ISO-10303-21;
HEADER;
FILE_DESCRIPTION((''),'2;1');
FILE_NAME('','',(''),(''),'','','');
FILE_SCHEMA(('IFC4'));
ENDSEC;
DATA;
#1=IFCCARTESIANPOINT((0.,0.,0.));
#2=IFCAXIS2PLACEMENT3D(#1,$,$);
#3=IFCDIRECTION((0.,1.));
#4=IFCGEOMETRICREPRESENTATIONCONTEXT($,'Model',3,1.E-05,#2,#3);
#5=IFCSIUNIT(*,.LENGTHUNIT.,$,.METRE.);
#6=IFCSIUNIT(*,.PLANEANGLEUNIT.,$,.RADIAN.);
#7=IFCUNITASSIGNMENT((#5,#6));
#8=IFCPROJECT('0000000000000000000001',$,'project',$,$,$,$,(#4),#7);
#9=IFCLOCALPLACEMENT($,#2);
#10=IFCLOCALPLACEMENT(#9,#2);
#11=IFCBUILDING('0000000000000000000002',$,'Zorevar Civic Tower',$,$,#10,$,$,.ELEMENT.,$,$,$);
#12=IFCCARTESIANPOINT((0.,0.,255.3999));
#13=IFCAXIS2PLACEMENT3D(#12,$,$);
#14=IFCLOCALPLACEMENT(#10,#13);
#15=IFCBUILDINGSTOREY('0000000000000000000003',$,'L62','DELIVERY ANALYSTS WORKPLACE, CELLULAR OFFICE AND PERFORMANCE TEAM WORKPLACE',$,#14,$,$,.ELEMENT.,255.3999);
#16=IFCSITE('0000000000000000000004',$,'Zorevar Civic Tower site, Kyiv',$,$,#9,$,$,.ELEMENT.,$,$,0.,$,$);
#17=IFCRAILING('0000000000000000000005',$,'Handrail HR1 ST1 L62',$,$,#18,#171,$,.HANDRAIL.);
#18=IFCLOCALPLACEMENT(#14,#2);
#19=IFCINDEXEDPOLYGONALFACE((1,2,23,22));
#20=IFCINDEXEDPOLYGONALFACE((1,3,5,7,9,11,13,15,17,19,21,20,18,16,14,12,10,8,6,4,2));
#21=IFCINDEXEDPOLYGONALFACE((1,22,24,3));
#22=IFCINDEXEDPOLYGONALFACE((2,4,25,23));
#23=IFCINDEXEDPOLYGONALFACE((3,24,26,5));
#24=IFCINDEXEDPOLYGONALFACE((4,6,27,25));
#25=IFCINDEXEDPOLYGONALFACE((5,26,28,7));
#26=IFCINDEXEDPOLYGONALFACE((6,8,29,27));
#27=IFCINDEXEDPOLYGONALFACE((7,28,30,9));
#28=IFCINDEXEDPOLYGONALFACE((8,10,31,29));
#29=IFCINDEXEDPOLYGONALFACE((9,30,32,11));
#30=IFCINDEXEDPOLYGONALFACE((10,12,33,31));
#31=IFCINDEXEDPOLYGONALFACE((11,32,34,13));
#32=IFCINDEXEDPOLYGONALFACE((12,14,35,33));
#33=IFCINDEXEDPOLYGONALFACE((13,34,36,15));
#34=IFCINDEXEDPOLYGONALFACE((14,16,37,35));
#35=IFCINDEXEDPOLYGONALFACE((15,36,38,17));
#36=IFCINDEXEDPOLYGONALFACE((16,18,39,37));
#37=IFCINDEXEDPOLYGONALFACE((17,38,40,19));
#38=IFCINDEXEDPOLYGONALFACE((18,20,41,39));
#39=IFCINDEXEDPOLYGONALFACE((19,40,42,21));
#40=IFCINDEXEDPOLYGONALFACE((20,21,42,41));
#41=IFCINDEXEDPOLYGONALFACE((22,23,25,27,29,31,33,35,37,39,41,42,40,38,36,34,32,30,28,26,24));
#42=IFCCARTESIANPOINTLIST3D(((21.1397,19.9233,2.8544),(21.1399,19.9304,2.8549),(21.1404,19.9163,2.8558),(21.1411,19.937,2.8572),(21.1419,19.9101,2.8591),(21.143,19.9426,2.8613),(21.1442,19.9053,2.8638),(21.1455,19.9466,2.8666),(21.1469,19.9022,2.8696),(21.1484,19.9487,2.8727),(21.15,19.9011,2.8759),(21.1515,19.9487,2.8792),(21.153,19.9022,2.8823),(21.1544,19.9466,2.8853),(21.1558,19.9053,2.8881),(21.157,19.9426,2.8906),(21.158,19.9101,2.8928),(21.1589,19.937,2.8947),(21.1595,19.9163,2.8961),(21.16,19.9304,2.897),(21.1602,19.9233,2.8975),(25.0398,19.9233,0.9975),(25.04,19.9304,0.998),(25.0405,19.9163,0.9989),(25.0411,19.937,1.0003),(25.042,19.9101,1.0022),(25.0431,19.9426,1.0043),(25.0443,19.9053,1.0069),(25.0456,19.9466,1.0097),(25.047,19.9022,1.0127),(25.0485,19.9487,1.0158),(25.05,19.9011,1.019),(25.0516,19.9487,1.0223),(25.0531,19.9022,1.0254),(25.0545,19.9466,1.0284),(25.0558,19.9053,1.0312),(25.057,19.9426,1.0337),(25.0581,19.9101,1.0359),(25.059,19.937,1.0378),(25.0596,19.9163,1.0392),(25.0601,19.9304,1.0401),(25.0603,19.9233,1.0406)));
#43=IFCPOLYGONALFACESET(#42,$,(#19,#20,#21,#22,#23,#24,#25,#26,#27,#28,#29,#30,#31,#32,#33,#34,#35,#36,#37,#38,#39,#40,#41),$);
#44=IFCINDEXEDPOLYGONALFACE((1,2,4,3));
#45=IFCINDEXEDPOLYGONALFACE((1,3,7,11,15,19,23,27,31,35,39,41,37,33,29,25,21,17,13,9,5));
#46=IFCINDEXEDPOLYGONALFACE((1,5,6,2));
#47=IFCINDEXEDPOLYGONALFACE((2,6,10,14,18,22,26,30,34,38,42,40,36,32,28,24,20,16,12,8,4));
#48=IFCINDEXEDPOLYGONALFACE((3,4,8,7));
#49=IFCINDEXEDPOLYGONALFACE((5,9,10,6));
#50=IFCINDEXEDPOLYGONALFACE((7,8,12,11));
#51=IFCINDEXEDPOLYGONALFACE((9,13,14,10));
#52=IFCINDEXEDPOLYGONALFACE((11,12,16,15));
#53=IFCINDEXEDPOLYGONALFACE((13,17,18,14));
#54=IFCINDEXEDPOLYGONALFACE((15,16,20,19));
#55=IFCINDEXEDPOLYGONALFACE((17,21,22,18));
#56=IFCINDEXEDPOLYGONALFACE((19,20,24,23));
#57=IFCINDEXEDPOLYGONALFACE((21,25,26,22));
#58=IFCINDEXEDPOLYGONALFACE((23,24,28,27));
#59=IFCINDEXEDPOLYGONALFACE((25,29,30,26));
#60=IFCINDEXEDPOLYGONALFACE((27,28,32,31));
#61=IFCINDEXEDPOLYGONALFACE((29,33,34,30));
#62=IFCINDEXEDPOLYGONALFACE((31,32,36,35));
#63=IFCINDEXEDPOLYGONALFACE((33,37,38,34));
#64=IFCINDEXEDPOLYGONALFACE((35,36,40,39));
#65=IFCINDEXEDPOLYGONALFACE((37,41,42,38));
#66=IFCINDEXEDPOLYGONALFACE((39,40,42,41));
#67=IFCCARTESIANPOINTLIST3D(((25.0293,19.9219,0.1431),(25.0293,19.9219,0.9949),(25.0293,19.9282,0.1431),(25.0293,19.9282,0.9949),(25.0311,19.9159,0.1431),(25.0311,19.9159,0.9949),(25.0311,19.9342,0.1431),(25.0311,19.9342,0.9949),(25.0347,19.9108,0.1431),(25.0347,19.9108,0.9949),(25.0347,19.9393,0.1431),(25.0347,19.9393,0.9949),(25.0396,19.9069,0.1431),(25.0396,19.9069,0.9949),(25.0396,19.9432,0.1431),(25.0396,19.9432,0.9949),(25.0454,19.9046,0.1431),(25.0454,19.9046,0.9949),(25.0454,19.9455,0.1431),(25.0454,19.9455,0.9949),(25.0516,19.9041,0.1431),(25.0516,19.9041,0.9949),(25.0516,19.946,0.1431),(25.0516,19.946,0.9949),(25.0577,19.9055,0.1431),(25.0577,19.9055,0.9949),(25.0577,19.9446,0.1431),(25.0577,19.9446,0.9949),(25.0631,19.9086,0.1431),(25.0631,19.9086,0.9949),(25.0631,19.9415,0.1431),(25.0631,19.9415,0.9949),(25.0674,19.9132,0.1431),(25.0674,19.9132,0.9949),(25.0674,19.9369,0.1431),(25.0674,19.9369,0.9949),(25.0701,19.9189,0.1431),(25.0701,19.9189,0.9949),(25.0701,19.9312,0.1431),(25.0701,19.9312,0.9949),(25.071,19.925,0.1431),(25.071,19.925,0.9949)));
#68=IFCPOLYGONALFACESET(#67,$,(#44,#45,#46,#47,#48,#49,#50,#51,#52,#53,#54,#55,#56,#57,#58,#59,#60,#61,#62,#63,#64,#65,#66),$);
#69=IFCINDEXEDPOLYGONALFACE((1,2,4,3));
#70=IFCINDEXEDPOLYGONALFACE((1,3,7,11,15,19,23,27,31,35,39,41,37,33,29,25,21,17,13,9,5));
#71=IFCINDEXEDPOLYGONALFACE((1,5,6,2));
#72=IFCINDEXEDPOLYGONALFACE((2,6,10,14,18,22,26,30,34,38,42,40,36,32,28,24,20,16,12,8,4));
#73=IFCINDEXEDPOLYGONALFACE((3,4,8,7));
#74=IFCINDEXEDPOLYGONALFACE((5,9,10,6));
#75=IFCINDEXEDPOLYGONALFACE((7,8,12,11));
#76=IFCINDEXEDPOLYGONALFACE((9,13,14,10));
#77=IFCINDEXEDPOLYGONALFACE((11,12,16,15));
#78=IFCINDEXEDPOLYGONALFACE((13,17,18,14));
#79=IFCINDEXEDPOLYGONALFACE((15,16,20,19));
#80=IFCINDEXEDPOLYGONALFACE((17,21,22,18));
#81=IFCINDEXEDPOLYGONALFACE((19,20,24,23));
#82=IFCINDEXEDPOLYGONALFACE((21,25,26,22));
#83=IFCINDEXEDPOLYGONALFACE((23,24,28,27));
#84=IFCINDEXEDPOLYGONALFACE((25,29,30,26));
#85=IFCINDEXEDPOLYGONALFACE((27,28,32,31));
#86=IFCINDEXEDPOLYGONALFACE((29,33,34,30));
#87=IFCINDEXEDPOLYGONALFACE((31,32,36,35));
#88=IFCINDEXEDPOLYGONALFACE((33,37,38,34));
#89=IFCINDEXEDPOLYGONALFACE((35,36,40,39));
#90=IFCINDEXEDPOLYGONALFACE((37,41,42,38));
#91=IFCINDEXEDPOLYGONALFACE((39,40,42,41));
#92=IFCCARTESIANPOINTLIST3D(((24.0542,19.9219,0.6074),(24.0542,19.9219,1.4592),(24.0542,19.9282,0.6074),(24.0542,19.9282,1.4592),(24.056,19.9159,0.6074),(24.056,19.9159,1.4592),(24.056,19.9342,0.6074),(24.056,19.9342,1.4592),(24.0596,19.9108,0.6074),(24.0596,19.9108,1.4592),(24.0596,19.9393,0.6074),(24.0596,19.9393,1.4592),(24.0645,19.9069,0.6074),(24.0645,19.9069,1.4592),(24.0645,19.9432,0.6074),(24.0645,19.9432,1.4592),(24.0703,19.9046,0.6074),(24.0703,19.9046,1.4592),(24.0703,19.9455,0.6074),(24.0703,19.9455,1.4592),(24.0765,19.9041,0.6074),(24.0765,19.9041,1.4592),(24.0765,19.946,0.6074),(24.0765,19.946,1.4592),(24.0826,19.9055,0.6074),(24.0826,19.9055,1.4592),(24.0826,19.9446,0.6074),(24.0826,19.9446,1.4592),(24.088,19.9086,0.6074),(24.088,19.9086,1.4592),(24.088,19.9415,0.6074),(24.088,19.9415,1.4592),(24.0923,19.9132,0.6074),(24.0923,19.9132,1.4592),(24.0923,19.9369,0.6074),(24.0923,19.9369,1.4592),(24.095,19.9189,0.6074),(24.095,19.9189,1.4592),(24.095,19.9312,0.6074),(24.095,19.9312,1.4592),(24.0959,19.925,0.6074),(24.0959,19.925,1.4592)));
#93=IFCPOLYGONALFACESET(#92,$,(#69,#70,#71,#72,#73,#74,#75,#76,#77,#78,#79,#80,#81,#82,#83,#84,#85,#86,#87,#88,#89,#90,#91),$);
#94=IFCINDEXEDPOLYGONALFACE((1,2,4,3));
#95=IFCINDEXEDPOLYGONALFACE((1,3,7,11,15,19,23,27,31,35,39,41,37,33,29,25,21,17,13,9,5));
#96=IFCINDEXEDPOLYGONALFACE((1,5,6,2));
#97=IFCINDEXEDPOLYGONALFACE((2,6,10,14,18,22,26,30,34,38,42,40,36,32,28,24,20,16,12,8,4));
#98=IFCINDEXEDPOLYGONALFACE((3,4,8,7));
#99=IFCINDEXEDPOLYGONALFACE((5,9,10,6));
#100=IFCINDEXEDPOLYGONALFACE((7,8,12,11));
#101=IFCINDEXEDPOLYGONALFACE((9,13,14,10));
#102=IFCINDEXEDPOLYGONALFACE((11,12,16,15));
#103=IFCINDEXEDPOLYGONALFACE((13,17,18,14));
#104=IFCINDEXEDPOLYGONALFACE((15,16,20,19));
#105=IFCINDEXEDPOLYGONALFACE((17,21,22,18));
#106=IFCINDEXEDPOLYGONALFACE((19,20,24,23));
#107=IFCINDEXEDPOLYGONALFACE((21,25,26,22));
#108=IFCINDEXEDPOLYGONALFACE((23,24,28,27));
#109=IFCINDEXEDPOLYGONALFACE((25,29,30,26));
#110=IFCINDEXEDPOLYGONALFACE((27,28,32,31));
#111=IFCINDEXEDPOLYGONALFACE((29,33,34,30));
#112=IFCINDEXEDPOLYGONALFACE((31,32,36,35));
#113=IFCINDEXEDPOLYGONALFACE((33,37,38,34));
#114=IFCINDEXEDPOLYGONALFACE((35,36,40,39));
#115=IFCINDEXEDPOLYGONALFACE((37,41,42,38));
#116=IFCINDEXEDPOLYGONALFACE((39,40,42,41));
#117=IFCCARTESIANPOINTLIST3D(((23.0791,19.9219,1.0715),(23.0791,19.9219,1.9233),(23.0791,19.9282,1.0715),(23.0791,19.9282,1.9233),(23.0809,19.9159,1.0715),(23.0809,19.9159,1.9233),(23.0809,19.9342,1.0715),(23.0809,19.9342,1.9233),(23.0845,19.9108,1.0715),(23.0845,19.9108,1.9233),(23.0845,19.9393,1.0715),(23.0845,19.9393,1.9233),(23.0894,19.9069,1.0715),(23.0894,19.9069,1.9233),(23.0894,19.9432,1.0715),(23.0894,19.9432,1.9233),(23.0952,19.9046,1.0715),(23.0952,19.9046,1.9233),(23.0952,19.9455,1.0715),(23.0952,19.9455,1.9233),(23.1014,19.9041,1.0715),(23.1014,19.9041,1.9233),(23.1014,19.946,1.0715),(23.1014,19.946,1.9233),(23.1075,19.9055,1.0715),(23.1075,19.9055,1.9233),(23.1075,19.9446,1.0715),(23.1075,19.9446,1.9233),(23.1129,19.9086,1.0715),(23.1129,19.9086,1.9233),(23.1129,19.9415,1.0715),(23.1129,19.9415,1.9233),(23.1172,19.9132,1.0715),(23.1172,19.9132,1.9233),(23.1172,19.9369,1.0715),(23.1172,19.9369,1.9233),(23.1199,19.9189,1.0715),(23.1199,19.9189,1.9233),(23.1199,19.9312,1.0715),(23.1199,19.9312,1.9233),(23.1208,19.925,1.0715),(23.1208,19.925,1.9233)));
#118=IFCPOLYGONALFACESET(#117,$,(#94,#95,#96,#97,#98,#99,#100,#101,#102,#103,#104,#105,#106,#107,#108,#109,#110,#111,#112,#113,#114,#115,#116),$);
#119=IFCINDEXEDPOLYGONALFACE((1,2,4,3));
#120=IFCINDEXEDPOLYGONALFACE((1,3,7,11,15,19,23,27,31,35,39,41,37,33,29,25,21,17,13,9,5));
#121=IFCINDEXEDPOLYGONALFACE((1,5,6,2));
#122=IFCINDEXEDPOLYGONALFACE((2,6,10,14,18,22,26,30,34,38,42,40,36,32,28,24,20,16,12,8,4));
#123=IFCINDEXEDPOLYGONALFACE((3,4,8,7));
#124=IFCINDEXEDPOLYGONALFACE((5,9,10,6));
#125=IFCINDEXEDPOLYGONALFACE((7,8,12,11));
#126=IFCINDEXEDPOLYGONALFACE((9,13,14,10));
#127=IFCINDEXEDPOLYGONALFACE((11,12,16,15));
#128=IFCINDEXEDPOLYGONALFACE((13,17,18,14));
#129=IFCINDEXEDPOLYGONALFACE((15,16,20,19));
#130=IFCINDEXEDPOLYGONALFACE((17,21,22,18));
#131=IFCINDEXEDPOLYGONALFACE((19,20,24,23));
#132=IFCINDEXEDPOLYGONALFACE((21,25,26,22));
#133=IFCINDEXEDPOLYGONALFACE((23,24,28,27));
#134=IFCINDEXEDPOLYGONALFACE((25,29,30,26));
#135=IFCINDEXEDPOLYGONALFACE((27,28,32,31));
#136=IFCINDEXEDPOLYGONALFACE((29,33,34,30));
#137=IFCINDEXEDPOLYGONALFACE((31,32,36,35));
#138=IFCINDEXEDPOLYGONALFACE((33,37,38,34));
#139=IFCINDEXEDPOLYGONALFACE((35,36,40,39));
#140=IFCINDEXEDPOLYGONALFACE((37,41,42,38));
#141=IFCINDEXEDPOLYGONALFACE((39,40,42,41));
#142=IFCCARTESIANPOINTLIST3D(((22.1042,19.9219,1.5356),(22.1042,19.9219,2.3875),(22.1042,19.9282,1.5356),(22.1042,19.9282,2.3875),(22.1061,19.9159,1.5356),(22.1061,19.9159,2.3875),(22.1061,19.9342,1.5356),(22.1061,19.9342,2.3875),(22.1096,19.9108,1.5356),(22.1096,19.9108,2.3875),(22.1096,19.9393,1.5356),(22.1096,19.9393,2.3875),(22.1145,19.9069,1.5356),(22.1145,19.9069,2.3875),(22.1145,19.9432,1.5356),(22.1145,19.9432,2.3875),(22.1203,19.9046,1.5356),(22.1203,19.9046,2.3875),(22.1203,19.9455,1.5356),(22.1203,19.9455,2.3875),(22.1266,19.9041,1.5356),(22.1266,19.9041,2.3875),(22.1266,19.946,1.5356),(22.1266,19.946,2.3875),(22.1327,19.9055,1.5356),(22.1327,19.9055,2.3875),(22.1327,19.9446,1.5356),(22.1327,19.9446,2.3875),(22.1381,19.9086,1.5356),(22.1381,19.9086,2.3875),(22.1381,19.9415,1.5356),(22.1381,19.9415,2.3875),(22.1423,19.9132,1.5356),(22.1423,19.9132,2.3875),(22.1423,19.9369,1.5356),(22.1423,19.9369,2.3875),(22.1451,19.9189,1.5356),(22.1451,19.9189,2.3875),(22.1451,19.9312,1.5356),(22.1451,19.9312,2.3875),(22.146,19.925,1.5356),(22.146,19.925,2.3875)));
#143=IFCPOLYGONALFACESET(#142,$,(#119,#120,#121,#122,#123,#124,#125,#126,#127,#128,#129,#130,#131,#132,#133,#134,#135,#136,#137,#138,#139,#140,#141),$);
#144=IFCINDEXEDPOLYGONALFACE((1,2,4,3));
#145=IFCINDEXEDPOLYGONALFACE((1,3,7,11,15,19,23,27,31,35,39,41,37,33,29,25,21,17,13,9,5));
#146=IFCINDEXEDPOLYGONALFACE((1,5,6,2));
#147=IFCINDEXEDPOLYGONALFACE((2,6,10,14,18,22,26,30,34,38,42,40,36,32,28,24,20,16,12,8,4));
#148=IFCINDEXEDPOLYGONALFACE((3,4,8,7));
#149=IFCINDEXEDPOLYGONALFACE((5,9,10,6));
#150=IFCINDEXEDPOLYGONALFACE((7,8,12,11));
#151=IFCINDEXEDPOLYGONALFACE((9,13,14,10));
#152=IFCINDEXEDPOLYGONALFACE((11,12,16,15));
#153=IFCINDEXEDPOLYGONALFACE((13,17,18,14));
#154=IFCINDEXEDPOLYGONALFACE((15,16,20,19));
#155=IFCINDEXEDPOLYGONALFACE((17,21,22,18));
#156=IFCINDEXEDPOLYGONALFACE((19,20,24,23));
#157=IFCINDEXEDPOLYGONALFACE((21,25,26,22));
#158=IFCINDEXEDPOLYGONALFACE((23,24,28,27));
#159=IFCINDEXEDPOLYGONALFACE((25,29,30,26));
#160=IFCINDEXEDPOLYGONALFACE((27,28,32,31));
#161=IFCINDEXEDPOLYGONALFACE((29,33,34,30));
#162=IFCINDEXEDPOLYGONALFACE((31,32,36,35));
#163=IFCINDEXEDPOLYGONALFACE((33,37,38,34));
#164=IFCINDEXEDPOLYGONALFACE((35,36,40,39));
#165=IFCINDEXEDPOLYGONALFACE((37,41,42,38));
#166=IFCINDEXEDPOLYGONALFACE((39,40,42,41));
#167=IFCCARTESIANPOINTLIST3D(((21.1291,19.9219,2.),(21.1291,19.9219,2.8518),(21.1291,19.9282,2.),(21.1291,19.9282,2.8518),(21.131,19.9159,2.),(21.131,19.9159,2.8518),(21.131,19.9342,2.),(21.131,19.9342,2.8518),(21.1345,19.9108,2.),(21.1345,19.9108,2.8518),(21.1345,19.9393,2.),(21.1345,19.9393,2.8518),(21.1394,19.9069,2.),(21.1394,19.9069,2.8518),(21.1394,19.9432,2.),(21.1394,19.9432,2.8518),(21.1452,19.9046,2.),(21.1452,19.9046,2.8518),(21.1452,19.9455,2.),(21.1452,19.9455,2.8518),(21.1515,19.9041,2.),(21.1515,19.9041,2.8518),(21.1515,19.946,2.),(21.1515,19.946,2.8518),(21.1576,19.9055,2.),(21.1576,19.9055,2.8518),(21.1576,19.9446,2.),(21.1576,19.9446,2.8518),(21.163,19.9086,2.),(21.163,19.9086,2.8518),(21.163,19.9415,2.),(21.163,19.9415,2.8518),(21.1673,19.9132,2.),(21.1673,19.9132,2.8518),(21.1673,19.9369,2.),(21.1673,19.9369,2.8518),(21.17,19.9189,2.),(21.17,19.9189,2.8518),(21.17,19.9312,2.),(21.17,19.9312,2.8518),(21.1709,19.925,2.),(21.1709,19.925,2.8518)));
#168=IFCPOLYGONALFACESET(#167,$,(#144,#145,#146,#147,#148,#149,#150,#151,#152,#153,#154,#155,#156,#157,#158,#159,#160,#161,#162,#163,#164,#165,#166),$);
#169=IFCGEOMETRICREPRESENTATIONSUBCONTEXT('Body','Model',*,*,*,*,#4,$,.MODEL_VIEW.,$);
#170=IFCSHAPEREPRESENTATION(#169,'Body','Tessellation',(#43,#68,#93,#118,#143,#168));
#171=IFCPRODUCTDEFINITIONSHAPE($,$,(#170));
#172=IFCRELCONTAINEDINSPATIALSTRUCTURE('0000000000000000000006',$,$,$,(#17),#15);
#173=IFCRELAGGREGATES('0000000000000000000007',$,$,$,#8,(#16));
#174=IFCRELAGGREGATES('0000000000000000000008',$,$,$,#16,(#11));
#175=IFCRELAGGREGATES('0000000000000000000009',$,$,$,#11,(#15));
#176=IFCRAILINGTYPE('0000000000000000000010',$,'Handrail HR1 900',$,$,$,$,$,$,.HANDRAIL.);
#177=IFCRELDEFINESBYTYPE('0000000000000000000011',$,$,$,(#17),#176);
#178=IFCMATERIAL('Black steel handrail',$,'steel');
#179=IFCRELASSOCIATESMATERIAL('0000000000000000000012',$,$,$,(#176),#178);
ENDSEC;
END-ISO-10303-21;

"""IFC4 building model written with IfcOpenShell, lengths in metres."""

from ifc_helpers import new_model, si_unit, direction, frame, origin, origin_2d, place, context, subcontext, project, spatial, circle, extrude, material, type_object, element, save


model = new_model("IFC4")

# Units and contexts
model_context = context("Model", 3, precision=1e-05, world=origin(), true_north=direction((0.0, 1.0)))
body_context = subcontext(model_context, "Body", "Model", "MODEL_VIEW")
ifc_project = project(units=[si_unit("LENGTHUNIT", "METRE"), si_unit("PLANEANGLEUNIT", "RADIAN")], contexts=[model_context])

# Site, building, storey
site_placement = place(None, origin())
site = spatial("IfcSite", under=ifc_project, at=site_placement, Name="Zorevar Civic Tower site, Kyiv", CompositionType="ELEMENT", RefElevation=0.0)
building_placement = place(site_placement, origin())
building = spatial("IfcBuilding", under=site, at=building_placement, Name="Zorevar Civic Tower", CompositionType="ELEMENT")
storey_placement = place(building_placement, frame((0.0, 0.0, 255.3999)))
storey = spatial("IfcBuildingStorey", under=building, at=storey_placement, Name="L62", Description="DELIVERY ANALYSTS WORKPLACE, CELLULAR OFFICE AND PERFORMANCE TEAM WORKPLACE", CompositionType="ELEMENT", Elevation=255.3999)

# Railing
ifc_material_1 = material(Name="Black steel handrail", Category="steel")
railing_type = type_object("IfcRailingType", Name="Handrail HR1 900", PredefinedType="HANDRAIL", material=ifc_material_1)
railing_1_placement = place(storey_placement, frame((25.05, 19.925, 0.1431)))
element("IfcRailing", 1, at=railing_1_placement, inside=storey, type_object=railing_type, Name="Handrail HR1 ST1 L62", PredefinedType="HANDRAIL", context=body_context, shape_type="SweptSolid", body=[
    extrude(circle(Radius=0.0239, at=origin_2d()), frame((0.0, 0.0, 0.876), z_axis=(-0.902886, 0.0, 0.429881), x_axis=(0.0, -1.0, 0.0)), (0.0, 0.0, 1.0), 4.3196),
    extrude(circle(Radius=0.021, at=origin_2d()), origin(), (0.0, 0.0, 1.0), 0.8518),
    extrude(circle(Radius=0.021, at=origin_2d()), frame((-0.9751, 0.0, 0.4644)), (0.0, 0.0, 1.0), 0.8518),
    extrude(circle(Radius=0.021, at=origin_2d()), frame((-1.9502, 0.0, 0.9285)), (0.0, 0.0, 1.0), 0.8518),
    extrude(circle(Radius=0.021, at=origin_2d()), frame((-2.925, 0.0, 1.3926)), (0.0, 0.0, 1.0), 0.8518),
    extrude(circle(Radius=0.021, at=origin_2d()), frame((-3.9001, 0.0, 1.8569)), (0.0, 0.0, 1.0), 0.8518),
])

save(model, "model.ifc")
